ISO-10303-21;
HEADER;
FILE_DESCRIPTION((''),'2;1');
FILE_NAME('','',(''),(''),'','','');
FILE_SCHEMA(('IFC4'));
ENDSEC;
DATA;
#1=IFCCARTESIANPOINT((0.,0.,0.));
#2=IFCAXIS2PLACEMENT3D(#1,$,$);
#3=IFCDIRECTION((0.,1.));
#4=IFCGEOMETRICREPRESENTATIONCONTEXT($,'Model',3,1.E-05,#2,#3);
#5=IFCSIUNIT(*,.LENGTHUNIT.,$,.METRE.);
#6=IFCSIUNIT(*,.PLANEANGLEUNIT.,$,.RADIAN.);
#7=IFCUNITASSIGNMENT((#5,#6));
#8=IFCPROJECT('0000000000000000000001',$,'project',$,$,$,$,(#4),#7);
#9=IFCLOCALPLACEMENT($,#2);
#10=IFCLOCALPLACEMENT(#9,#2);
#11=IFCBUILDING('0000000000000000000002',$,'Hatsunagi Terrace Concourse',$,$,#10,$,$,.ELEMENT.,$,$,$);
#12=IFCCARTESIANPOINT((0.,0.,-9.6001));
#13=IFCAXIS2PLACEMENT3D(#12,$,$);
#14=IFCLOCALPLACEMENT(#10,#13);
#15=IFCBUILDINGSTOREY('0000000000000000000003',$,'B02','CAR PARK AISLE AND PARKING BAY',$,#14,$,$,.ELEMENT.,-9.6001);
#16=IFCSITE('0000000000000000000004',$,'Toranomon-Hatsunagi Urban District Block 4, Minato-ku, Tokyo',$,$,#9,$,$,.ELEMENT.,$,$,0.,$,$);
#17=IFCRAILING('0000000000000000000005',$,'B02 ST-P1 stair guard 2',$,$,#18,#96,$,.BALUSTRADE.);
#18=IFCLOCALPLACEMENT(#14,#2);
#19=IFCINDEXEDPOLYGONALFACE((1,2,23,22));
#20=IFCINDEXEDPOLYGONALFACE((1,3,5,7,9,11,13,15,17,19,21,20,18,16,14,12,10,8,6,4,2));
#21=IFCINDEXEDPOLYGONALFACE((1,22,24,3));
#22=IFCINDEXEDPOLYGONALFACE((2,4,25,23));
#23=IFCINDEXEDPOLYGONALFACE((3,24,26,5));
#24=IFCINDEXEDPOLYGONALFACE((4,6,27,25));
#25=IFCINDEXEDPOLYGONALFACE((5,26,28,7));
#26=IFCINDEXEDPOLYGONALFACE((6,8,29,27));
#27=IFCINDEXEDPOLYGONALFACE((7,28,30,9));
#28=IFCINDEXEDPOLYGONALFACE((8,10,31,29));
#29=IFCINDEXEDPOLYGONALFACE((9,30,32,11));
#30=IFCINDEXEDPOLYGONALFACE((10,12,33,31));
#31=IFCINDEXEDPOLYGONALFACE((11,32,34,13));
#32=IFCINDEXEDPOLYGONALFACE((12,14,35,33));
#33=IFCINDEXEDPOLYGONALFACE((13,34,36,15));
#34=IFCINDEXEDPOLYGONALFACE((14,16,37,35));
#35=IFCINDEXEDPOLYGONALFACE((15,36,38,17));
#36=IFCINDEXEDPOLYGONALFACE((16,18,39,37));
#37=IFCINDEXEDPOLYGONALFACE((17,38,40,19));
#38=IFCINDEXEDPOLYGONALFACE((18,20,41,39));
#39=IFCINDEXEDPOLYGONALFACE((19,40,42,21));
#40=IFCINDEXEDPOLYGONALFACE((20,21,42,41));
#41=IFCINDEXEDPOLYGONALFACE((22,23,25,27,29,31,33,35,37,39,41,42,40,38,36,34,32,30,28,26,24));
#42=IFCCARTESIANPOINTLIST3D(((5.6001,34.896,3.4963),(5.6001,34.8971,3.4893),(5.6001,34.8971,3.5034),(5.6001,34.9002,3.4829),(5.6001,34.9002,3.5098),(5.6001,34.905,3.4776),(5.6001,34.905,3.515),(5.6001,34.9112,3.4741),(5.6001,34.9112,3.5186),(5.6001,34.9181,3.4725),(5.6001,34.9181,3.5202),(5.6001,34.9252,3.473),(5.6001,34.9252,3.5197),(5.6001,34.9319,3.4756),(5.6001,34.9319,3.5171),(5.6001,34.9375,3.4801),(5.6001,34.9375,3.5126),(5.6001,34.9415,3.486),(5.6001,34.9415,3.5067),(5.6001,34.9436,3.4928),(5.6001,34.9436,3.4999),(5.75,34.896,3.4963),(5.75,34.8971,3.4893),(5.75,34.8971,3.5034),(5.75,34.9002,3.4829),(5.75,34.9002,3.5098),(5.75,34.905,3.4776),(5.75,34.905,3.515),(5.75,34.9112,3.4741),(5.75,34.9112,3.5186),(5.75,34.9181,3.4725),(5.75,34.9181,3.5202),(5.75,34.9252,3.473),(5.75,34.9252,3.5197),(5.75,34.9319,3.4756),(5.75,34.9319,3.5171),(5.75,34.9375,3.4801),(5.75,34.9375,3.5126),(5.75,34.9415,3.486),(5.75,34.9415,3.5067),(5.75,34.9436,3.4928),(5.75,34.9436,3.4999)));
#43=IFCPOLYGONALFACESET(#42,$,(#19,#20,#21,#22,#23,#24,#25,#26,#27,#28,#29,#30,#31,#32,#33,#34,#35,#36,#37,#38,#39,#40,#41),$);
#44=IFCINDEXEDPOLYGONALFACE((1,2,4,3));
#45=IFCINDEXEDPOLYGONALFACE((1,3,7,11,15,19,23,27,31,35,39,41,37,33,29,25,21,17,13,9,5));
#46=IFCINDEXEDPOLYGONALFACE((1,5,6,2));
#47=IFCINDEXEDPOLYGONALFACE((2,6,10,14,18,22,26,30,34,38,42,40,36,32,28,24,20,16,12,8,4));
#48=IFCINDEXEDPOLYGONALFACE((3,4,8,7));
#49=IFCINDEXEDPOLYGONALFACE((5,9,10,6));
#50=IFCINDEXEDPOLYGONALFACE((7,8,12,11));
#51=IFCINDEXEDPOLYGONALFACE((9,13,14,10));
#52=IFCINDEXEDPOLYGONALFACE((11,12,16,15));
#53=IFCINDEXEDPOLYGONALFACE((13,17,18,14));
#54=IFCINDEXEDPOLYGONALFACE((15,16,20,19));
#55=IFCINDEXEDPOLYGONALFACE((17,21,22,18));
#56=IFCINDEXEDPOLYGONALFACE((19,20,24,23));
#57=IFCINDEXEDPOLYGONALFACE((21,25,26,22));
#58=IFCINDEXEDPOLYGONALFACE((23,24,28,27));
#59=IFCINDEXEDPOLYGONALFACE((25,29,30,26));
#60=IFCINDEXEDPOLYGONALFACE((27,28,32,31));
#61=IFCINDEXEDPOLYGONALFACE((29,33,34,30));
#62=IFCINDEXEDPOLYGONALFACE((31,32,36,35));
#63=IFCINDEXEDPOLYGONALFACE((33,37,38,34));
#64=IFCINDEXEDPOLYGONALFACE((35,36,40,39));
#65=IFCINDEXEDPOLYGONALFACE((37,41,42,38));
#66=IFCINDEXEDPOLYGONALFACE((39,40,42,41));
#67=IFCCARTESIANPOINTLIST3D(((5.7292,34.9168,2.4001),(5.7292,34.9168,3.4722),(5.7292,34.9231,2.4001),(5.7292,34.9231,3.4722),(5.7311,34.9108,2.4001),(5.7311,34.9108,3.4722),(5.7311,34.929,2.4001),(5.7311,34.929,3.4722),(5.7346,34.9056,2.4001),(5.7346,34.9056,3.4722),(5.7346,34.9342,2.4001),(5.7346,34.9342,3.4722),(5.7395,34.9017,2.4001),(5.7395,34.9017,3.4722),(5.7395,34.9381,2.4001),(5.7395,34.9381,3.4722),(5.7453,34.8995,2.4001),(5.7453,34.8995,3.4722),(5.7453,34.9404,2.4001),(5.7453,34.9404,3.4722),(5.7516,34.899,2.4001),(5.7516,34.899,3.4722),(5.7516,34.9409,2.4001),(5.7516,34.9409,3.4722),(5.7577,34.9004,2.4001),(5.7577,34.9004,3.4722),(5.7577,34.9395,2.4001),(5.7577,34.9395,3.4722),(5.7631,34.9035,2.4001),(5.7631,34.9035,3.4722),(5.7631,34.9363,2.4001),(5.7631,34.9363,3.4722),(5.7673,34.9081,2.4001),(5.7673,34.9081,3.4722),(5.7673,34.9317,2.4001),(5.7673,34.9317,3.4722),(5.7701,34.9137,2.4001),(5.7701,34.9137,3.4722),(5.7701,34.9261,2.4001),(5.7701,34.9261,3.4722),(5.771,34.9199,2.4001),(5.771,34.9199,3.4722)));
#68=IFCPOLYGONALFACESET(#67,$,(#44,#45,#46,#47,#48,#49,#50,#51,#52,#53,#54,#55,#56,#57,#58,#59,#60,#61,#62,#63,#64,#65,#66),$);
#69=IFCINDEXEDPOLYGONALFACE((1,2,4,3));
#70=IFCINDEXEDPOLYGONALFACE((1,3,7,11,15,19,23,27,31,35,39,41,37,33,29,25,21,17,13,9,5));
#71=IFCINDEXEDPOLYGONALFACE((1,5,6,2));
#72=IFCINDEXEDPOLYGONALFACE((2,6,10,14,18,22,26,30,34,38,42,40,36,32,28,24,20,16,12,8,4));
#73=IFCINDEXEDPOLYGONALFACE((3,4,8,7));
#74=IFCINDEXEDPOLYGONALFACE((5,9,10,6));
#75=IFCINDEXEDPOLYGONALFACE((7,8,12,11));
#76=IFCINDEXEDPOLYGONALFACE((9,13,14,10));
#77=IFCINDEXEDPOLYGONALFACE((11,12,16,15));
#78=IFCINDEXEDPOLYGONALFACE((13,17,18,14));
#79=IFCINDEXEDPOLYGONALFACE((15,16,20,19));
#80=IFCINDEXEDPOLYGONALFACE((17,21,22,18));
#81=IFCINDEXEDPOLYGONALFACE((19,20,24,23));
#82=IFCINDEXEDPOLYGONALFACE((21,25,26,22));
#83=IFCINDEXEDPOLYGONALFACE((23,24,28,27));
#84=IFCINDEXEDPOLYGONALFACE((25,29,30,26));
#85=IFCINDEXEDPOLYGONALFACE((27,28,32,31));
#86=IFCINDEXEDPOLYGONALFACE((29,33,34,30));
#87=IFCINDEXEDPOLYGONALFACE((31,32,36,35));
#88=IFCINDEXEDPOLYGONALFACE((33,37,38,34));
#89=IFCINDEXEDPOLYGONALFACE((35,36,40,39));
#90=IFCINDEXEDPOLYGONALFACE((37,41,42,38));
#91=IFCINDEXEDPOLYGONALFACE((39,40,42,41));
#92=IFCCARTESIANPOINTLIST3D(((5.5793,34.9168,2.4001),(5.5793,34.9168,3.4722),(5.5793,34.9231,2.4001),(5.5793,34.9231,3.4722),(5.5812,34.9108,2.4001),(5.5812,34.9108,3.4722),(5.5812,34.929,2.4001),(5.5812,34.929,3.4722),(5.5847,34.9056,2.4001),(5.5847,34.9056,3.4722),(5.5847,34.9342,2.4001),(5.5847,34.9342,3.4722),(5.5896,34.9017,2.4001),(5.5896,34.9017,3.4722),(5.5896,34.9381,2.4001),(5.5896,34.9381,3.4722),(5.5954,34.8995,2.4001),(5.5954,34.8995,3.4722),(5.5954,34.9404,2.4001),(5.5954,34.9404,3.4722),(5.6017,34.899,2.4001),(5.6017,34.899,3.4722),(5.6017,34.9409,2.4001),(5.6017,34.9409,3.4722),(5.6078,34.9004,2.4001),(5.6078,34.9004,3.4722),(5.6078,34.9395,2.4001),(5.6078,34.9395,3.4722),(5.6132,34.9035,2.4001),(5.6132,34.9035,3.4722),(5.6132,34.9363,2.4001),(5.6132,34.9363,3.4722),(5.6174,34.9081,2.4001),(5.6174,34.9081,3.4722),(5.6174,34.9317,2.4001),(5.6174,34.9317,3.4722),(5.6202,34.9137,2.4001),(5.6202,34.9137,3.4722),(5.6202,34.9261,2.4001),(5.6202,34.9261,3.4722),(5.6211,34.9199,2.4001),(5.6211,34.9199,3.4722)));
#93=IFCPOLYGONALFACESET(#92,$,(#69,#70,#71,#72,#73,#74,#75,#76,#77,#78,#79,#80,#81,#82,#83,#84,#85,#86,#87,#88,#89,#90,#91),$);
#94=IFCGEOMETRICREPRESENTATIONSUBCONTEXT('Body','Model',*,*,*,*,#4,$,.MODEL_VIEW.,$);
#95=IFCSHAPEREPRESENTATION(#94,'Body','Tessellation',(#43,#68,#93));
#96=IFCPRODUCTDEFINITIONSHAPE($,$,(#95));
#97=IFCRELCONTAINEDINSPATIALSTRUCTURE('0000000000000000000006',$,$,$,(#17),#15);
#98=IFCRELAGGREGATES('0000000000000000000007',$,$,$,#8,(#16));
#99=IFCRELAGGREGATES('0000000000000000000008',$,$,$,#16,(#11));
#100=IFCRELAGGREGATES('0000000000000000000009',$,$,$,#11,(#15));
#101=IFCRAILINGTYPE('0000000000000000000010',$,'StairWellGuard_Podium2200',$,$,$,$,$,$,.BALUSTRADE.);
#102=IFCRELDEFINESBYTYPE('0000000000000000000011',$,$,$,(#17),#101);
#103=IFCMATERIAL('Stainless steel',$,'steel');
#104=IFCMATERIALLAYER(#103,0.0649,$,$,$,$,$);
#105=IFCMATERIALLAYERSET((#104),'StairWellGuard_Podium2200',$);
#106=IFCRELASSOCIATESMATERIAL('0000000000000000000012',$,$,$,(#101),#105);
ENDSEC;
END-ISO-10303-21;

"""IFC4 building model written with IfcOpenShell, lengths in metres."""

from ifc_helpers import new_model, si_unit, direction, frame, origin, origin_2d, place, context, subcontext, project, spatial, circle, extrude, material, layer, layer_set, type_object, element, save


model = new_model("IFC4")

# Units and contexts
model_context = context("Model", 3, precision=1e-05, world=origin(), true_north=direction((0.0, 1.0)))
body_context = subcontext(model_context, "Body", "Model", "MODEL_VIEW")
ifc_project = project(units=[si_unit("LENGTHUNIT", "METRE"), si_unit("PLANEANGLEUNIT", "RADIAN")], contexts=[model_context])

# Site, building, storey
site_placement = place(None, origin())
site = spatial("IfcSite", under=ifc_project, at=site_placement, Name="Toranomon-Hatsunagi Urban District Block 4, Minato-ku, Tokyo", CompositionType="ELEMENT", RefElevation=0.0)
building_placement = place(site_placement, origin())
building = spatial("IfcBuilding", under=site, at=building_placement, Name="Hatsunagi Terrace Concourse", CompositionType="ELEMENT")
storey_placement = place(building_placement, frame((0.0, 0.0, -9.6001)))
storey = spatial("IfcBuildingStorey", under=building, at=storey_placement, Name="B02", Description="CAR PARK AISLE AND PARKING BAY", CompositionType="ELEMENT", Elevation=-9.6001)

# Railing
ifc_material_1 = material(Name="Stainless steel", Category="steel")
ifc_layer_1 = layer(ifc_material_1, 0.0649)
ifc_layer_set_1 = layer_set([ifc_layer_1], Name="StairWellGuard_Podium2200")
railing_type_1 = type_object("IfcRailingType", Name="StairWellGuard_Podium2200", PredefinedType="BALUSTRADE", material=ifc_layer_set_1)
railing_1_placement = place(storey_placement, frame((5.75, 34.9199, 2.4001)))
element("IfcRailing", 1, at=railing_1_placement, inside=storey, type_object=railing_type_1, Name="B02 ST-P1 stair guard 2", PredefinedType="BALUSTRADE", context=body_context, shape_type="SweptSolid", body=[
    extrude(circle(Radius=0.0239, at=origin_2d()), frame((0.0, 0.0, 1.0962), z_axis=(-1.0, 0.0, 0.0), x_axis=(0.0, -1.0, 0.0)), (0.0, 0.0, 1.0), 0.1499),
    extrude(circle(Radius=0.021, at=origin_2d()), origin(), (0.0, 0.0, 1.0), 1.072),
    extrude(circle(Radius=0.021, at=origin_2d()), frame((-0.1499, 0.0, 0.0)), (0.0, 0.0, 1.0), 1.072),
])

save(model, "model.ifc")
